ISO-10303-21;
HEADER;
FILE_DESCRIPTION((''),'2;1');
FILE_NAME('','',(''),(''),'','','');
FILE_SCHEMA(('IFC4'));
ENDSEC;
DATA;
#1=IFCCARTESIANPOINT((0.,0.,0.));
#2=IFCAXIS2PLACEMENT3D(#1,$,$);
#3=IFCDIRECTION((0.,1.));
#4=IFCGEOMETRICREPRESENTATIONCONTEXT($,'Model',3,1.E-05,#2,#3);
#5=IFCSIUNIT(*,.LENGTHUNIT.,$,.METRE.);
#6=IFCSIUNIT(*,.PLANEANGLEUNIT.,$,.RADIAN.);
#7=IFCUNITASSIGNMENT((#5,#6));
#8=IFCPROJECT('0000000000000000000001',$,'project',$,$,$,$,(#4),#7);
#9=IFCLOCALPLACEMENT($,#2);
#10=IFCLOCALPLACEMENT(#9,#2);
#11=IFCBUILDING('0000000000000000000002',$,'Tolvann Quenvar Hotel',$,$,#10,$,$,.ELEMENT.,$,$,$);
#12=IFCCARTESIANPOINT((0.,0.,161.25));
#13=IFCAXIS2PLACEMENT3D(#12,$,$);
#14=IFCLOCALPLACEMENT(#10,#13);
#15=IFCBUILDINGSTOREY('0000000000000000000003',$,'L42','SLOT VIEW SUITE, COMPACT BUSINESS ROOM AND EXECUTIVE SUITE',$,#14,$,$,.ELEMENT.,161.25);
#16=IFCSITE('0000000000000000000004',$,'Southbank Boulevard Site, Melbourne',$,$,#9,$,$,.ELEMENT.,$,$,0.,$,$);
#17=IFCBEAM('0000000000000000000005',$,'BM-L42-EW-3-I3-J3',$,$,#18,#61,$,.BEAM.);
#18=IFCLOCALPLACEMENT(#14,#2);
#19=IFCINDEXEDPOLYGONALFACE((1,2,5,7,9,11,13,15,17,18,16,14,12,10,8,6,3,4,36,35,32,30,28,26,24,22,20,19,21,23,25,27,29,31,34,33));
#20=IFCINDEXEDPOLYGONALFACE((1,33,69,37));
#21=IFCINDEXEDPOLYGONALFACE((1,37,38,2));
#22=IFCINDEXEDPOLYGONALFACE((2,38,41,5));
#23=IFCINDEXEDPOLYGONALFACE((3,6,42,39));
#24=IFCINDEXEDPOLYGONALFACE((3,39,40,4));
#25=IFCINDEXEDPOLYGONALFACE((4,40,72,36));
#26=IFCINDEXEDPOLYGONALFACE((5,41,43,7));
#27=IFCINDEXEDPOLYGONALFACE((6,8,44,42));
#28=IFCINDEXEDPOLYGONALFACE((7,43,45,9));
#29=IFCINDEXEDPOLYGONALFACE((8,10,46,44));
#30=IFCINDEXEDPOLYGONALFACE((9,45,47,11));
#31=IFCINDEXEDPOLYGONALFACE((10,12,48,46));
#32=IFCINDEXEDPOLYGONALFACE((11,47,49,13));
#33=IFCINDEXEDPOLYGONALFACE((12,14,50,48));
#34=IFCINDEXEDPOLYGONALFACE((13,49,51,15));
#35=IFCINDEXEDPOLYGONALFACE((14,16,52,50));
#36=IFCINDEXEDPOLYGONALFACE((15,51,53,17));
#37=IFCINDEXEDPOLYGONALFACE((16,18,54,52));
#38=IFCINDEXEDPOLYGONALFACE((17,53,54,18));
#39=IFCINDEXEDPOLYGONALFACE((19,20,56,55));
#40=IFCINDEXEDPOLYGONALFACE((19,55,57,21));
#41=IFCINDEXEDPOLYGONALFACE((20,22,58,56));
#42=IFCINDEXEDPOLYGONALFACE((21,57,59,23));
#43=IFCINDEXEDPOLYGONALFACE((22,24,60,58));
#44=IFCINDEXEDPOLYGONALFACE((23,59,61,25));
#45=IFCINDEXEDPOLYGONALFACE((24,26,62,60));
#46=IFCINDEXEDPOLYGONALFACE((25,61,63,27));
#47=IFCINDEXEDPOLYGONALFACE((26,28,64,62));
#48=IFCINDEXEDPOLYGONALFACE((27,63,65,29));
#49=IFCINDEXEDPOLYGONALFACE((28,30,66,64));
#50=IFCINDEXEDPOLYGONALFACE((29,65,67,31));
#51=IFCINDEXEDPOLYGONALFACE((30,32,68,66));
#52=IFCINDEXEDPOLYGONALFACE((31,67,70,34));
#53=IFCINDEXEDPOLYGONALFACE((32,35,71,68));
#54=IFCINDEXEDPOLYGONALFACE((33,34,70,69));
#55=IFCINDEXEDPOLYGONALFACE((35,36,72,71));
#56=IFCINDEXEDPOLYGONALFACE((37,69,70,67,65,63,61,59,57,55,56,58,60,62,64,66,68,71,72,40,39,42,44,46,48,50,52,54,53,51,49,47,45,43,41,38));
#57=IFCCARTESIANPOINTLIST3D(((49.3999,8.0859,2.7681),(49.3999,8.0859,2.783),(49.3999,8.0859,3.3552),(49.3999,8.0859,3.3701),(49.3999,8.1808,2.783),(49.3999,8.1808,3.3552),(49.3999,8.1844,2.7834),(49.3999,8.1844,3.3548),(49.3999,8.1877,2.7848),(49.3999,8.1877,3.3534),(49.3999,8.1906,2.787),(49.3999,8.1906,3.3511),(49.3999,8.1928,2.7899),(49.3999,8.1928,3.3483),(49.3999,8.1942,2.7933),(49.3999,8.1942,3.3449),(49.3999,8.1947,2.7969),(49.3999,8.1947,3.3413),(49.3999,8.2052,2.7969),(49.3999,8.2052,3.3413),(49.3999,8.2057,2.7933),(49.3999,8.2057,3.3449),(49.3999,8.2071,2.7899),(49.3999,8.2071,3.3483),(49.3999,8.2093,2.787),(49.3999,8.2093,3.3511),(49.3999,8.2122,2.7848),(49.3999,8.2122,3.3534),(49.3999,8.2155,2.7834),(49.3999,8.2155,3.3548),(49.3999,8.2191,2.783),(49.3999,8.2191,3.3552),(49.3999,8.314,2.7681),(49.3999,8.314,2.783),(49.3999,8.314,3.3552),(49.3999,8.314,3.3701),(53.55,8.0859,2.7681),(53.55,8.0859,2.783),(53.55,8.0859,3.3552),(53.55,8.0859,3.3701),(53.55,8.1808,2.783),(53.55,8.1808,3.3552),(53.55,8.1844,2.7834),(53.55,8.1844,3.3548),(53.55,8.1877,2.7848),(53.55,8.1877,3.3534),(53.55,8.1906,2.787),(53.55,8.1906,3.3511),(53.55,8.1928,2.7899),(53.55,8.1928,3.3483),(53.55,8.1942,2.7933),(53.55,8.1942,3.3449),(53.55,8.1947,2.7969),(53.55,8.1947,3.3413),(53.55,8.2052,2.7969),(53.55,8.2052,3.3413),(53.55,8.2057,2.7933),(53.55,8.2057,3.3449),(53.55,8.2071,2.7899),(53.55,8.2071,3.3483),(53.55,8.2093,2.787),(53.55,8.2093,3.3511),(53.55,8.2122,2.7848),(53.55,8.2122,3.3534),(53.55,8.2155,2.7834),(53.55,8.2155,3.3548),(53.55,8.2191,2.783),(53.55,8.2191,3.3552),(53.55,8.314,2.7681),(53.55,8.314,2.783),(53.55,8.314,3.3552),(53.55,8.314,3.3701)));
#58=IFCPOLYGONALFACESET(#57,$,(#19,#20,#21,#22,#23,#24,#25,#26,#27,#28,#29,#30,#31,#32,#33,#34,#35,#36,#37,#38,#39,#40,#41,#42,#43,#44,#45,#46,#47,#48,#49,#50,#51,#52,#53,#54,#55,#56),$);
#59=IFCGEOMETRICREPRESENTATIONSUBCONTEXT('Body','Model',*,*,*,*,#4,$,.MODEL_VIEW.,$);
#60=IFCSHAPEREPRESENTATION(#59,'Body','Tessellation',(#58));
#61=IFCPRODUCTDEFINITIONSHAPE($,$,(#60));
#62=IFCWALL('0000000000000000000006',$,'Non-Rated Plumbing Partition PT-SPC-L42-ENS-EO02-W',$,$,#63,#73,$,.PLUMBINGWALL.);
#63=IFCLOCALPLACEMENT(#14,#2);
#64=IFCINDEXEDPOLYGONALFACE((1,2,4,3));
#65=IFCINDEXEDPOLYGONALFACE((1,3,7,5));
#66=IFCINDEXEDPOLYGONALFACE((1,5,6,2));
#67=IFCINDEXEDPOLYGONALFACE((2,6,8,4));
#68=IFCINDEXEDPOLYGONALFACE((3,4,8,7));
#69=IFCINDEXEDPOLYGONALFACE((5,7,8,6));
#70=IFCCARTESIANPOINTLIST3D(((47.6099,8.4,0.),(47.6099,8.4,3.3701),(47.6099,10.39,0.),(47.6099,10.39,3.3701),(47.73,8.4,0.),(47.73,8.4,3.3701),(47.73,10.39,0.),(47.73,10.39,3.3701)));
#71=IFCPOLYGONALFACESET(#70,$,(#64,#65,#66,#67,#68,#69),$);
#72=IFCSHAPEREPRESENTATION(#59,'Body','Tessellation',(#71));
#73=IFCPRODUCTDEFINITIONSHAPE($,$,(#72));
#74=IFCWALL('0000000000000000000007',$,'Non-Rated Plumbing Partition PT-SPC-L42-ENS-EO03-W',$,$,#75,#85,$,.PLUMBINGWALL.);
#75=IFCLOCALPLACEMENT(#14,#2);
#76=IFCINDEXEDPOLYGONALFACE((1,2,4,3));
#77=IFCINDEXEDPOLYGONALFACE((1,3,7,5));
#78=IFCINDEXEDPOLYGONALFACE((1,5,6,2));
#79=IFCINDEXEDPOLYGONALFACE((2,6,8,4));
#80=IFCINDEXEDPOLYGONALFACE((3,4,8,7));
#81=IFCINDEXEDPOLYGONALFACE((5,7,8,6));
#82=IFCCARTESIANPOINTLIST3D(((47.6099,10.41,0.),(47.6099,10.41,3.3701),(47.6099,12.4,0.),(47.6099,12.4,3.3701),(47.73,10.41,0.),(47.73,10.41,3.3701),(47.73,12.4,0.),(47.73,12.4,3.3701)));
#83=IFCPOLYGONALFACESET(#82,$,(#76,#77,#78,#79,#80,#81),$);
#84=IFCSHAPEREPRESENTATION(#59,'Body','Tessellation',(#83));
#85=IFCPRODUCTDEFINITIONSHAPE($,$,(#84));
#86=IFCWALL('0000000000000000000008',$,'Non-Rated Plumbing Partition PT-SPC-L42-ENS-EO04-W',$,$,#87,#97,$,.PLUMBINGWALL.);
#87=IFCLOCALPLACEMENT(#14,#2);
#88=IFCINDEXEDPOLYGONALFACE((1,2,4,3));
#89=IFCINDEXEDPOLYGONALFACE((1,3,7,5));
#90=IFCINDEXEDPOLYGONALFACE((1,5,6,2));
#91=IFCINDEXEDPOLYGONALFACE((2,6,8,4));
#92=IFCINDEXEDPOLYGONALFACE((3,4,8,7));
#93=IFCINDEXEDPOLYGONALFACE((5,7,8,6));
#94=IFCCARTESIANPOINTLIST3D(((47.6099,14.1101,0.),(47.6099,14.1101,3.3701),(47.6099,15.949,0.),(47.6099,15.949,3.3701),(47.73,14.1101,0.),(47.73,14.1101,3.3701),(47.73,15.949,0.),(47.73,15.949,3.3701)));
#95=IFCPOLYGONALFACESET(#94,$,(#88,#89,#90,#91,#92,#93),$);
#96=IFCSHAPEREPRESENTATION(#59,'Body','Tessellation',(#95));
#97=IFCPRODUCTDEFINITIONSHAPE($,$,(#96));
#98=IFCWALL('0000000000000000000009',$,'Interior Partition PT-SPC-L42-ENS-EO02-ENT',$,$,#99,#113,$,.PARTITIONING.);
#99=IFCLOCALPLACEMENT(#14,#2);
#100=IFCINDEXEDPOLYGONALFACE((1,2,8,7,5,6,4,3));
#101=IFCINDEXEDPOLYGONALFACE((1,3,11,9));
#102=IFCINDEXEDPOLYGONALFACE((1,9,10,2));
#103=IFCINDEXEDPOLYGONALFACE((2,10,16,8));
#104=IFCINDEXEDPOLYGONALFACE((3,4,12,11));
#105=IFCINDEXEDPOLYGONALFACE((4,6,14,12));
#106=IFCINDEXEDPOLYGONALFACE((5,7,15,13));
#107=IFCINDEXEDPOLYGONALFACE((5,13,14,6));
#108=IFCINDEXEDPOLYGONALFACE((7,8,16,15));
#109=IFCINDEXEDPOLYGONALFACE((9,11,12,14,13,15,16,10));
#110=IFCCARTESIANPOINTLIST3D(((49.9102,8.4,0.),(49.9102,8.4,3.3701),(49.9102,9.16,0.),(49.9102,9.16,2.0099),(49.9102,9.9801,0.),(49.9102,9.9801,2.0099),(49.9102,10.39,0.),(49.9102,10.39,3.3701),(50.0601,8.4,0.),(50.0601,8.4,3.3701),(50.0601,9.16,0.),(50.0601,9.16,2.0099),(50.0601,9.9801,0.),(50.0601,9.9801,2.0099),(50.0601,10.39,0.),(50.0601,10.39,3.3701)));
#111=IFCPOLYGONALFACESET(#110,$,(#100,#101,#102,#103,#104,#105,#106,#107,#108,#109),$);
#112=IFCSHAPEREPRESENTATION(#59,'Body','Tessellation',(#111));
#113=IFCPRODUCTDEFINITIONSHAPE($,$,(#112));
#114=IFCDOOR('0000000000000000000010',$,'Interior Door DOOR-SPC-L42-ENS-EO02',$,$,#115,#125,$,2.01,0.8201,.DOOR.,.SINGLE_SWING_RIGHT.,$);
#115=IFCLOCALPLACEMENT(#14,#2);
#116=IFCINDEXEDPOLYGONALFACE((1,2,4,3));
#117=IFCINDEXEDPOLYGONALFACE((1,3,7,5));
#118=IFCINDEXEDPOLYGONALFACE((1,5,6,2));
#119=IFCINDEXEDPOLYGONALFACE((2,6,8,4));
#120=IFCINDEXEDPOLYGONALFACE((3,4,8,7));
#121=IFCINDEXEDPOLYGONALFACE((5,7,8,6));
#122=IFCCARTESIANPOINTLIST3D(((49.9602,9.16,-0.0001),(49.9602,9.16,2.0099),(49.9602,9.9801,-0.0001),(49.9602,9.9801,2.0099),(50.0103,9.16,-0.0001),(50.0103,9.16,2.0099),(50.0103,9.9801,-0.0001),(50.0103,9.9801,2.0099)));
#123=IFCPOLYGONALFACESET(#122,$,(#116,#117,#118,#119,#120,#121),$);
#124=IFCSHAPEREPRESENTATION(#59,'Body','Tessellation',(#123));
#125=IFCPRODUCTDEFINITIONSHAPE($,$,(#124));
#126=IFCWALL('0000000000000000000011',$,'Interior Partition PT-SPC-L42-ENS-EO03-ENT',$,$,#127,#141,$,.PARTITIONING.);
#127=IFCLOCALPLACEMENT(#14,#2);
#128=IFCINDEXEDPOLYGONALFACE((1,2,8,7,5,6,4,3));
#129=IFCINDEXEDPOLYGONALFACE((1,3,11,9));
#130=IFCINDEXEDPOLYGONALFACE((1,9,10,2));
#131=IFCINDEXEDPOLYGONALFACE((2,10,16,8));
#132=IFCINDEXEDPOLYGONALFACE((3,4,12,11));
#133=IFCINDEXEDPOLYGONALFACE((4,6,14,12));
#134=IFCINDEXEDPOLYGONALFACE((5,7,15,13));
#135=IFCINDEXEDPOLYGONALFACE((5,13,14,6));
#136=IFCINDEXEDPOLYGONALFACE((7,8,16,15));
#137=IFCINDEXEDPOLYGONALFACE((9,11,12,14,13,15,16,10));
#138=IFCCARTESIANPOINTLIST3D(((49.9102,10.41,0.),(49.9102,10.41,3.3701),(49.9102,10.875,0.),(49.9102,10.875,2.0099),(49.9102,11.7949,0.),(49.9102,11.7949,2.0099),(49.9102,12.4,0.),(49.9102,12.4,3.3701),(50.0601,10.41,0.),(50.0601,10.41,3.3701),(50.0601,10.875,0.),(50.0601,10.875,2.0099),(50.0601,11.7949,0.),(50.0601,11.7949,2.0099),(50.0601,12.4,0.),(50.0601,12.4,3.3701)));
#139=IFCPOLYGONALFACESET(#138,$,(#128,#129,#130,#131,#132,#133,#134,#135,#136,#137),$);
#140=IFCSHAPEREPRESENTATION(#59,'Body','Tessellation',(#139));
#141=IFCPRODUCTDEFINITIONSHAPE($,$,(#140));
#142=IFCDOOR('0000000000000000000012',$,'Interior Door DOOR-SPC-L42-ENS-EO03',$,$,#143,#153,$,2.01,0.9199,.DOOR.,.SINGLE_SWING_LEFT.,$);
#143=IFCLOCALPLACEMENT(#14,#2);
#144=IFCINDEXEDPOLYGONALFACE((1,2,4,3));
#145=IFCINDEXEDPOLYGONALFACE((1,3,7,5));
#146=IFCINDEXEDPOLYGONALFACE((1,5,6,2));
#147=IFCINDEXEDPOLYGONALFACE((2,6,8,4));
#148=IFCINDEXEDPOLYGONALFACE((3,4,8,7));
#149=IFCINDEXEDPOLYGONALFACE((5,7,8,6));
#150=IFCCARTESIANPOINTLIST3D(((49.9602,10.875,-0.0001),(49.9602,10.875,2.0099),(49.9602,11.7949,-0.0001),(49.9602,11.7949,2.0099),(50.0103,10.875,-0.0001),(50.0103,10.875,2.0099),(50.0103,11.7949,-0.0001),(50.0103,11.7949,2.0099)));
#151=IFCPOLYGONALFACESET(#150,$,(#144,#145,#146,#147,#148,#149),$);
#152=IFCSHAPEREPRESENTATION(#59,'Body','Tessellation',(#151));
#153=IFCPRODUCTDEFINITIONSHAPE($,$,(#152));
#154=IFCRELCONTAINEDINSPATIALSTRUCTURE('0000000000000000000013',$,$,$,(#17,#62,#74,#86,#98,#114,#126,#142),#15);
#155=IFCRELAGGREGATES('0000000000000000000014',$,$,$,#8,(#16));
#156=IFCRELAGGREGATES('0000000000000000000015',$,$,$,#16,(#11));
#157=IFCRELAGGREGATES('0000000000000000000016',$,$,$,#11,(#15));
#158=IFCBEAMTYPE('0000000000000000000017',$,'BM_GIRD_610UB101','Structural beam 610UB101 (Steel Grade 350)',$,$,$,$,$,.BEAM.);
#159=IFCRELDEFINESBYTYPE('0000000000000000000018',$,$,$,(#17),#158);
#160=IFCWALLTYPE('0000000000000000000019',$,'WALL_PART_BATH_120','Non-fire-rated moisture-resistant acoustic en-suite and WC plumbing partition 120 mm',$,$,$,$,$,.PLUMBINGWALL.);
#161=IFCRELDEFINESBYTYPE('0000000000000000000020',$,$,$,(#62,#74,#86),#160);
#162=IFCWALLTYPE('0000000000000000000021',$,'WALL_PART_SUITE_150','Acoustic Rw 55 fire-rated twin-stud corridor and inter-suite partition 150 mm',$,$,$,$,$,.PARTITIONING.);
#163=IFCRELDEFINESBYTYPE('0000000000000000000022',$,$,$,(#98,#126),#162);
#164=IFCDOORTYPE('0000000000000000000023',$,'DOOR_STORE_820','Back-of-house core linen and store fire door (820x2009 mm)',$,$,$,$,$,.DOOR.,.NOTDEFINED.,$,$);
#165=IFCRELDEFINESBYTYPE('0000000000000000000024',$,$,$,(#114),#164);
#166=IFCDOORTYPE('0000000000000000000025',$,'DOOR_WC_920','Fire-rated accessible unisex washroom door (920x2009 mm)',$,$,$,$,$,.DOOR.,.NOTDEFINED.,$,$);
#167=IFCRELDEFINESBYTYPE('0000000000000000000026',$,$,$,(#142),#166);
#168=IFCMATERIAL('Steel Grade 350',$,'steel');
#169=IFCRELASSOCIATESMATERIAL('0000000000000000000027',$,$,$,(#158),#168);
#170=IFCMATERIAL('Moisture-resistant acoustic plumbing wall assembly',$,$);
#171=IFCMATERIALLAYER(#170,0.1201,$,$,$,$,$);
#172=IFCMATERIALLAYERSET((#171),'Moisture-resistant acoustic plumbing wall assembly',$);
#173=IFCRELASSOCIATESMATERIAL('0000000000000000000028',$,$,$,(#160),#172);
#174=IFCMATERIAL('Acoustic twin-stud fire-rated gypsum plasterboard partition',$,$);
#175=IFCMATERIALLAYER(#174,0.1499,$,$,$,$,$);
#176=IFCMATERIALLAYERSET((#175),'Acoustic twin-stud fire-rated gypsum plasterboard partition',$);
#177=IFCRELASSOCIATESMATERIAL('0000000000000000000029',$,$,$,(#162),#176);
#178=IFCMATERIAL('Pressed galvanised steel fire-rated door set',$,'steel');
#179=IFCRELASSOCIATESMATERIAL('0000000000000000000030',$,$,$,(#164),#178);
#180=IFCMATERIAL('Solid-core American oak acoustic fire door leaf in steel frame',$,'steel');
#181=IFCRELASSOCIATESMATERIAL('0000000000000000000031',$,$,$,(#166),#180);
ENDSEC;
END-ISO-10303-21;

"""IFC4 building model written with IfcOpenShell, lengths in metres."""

from ifc_helpers import new_model, si_unit, direction, frame, frame_2d, origin, origin_2d, place, context, subcontext, project, spatial, rectangle, i_section, extrude, source, transform, mapped, material, layer, layer_set, material_profile, profile_set, type_object, type_shapes, element, fill, save


model = new_model("IFC4")

# Units and contexts
model_context = context("Model", 3, precision=1e-05, world=origin(), true_north=direction((0.0, 1.0)))
body_context = subcontext(model_context, "Body", "Model", "MODEL_VIEW")
ifc_project = project(units=[si_unit("LENGTHUNIT", "METRE"), si_unit("PLANEANGLEUNIT", "RADIAN")], contexts=[model_context])

# Site, building, storey
site_placement = place(None, origin())
site = spatial("IfcSite", under=ifc_project, at=site_placement, Name="Southbank Boulevard Site, Melbourne", CompositionType="ELEMENT", RefElevation=0.0)
building_placement = place(site_placement, origin())
building = spatial("IfcBuilding", under=site, at=building_placement, Name="Tolvann Quenvar Hotel", CompositionType="ELEMENT")
storey_placement = place(building_placement, frame((0.0, 0.0, 161.25)))
storey = spatial("IfcBuildingStorey", under=building, at=storey_placement, Name="L42", Description="SLOT VIEW SUITE, COMPACT BUSINESS ROOM AND EXECUTIVE SUITE", CompositionType="ELEMENT", Elevation=161.25)

# Shared definitions
ifc_material_1 = material(Name="Steel Grade 350", Category="steel")

# Beam
ifc_material_profile_1 = material_profile(ifc_material_1, i_section(OverallWidth=0.228, OverallDepth=0.6021, WebThickness=0.0105, FlangeThickness=0.0149, FilletRadius=0.0139, at=origin_2d()), Name="610UB101")
ifc_profile_set_1 = profile_set([ifc_material_profile_1], Name="Steel Grade 350")
beam_type_1 = type_object("IfcBeamType", Name="BM_GIRD_610UB101", Description="Structural beam 610UB101 (Steel Grade 350)", PredefinedType="BEAM", material=ifc_profile_set_1)
shared_shape_1 = source(origin(), body_context, "Body", "SweptSolid", [
    extrude(i_section(OverallWidth=0.228, OverallDepth=0.6021, WebThickness=0.0105, FlangeThickness=0.0149, FilletRadius=0.0139, at=origin_2d()), origin(), (0.0, 0.0, 1.0), 4.1501),
])
type_shapes(beam_type_1, [shared_shape_1])
beam_1_placement = place(storey_placement, frame((49.3999, 8.2, 3.0691), z_axis=(1.0, 0.0, 0.0), x_axis=(0.0, 1.0, 0.0)))
element("IfcBeam", 1, at=beam_1_placement, inside=storey, type_object=beam_type_1, Name="BM-L42-EW-3-I3-J3", PredefinedType="BEAM", context=body_context, shape_type="MappedRepresentation", body=[
    mapped(shared_shape_1, transform((0.0, 0.0, 0.0), x_axis=(1.0, 0.0, 0.0), y_axis=(0.0, 1.0, 0.0), z_axis=(0.0, 0.0, 1.0), scale=1.0)),
])

# Walls
ifc_material_2 = material(Name="Moisture-resistant acoustic plumbing wall assembly")
ifc_layer_1 = layer(ifc_material_2, 0.1201)
ifc_layer_set_1 = layer_set([ifc_layer_1], Name="Moisture-resistant acoustic plumbing wall assembly")
wall_type_1 = type_object("IfcWallType", Name="WALL_PART_BATH_120", Description="Non-fire-rated moisture-resistant acoustic en-suite and WC plumbing partition 120 mm", PredefinedType="PLUMBINGWALL", material=ifc_layer_set_1)
for number, where, z_axis, x_axis, name in (
    (2, (47.6699, 8.3999, 0.0), (0.0, 0.0, 1.0), (0.0, 1.0, 0.0), "Non-Rated Plumbing Partition PT-SPC-L42-ENS-EO02-W"),
    (3, (47.6699, 10.4099, 0.0), (0.0, 0.0, 1.0), (0.0, 1.0, 0.0), "Non-Rated Plumbing Partition PT-SPC-L42-ENS-EO03-W"),
):
    element("IfcWall", number, at=place(storey_placement, frame(where, z_axis=z_axis, x_axis=x_axis)), inside=storey, type_object=wall_type_1, Name=name, PredefinedType="PLUMBINGWALL", context=body_context, shape_type="SweptSolid", body=[
        extrude(rectangle(XDim=1.99, YDim=0.1201, at=frame_2d((0.9951, 0.0))), origin(), (0.0, 0.0, 1.0), 3.3701),
    ])
wall_1_placement = place(storey_placement, frame((47.6699, 14.1101, 0.0), z_axis=(0.0, 0.0, 1.0), x_axis=(0.0, 1.0, 0.0)))
element("IfcWall", 4, at=wall_1_placement, inside=storey, type_object=wall_type_1, Name="Non-Rated Plumbing Partition PT-SPC-L42-ENS-EO04-W", PredefinedType="PLUMBINGWALL", context=body_context, shape_type="SweptSolid", body=[
    extrude(rectangle(XDim=1.8389, YDim=0.1201, at=frame_2d((0.9194, 0.0))), origin(), (0.0, 0.0, 1.0), 3.3701),
])

# Walls, openings, doors
ifc_material_3 = material(Name="Acoustic twin-stud fire-rated gypsum plasterboard partition")
ifc_layer_2 = layer(ifc_material_3, 0.1499)
ifc_layer_set_2 = layer_set([ifc_layer_2], Name="Acoustic twin-stud fire-rated gypsum plasterboard partition")
wall_type_2 = type_object("IfcWallType", Name="WALL_PART_SUITE_150", Description="Acoustic Rw 55 fire-rated twin-stud corridor and inter-suite partition 150 mm", PredefinedType="PARTITIONING", material=ifc_layer_set_2)
wall_2_placement = place(storey_placement, frame((49.9851, 8.3999, 0.0), z_axis=(0.0, 0.0, 1.0), x_axis=(0.0, 1.0, 0.0)))
wall_2 = element("IfcWall", 5, at=wall_2_placement, inside=storey, type_object=wall_type_2, Name="Interior Partition PT-SPC-L42-ENS-EO02-ENT", PredefinedType="PARTITIONING", context=body_context, shape_type="SweptSolid", body=[
    extrude(rectangle(XDim=1.99, YDim=0.1499, at=frame_2d((0.9951, 0.0))), origin(), (0.0, 0.0, 1.0), 3.3701),
])
opening_1_placement = place(wall_2_placement, frame((0.76, 0.0, 0.0)))
opening_1 = element("IfcOpeningElement", 6, at=opening_1_placement, cuts=wall_2, PredefinedType="OPENING", context=body_context, shape_type="SweptSolid", body=[
    extrude(rectangle(XDim=0.8201, YDim=2.01, at=frame_2d((0.4102, 1.0049))), frame((0.0, 0.085, 0.0), z_axis=(0.0, -1.0, 0.0), x_axis=(1.0, 0.0, 0.0)), (0.0, 0.0, 1.0), 0.1699),
])
ifc_material_4 = material(Name="Pressed galvanised steel fire-rated door set", Category="steel")
door_type_1 = type_object("IfcDoorType", Name="DOOR_STORE_820", Description="Back-of-house core linen and store fire door (820x2009 mm)", OperationType="NOTDEFINED", PredefinedType="DOOR", material=ifc_material_4)
shared_shape_2 = source(origin(), body_context, "Body", "SweptSolid", [
    extrude(rectangle(XDim=0.8201, YDim=2.01, at=frame_2d((0.4102, 1.0049))), frame((0.0, 0.0249, 0.0), z_axis=(0.0, -1.0, 0.0), x_axis=(1.0, 0.0, 0.0)), (0.0, 0.0, 1.0), 0.05),
])
type_shapes(door_type_1, [shared_shape_2])
door_1_placement = place(opening_1_placement, origin())
door_1 = element("IfcDoor", 7, at=door_1_placement, inside=storey, type_object=door_type_1, Name="Interior Door DOOR-SPC-L42-ENS-EO02", OperationType="SINGLE_SWING_RIGHT", OverallHeight=2.01, OverallWidth=0.8201, PredefinedType="DOOR", context=body_context, shape_type="MappedRepresentation", body=[
    mapped(shared_shape_2, transform((0.0, 0.0, 0.0), x_axis=(1.0, 0.0, 0.0), y_axis=(0.0, 1.0, 0.0), z_axis=(0.0, 0.0, 1.0), scale=1.0)),
])
fill(opening_1, door_1)
wall_3_placement = place(storey_placement, frame((49.9851, 10.4099, 0.0), z_axis=(0.0, 0.0, 1.0), x_axis=(0.0, 1.0, 0.0)))
wall_3 = element("IfcWall", 8, at=wall_3_placement, inside=storey, type_object=wall_type_2, Name="Interior Partition PT-SPC-L42-ENS-EO03-ENT", PredefinedType="PARTITIONING", context=body_context, shape_type="SweptSolid", body=[
    extrude(rectangle(XDim=1.99, YDim=0.1499, at=frame_2d((0.9951, 0.0))), origin(), (0.0, 0.0, 1.0), 3.3701),
])
opening_2_placement = place(wall_3_placement, frame((0.4651, 0.0, 0.0)))
opening_2 = element("IfcOpeningElement", 9, at=opening_2_placement, cuts=wall_3, PredefinedType="OPENING", context=body_context, shape_type="SweptSolid", body=[
    extrude(rectangle(XDim=0.9199, YDim=2.01, at=frame_2d((0.46, 1.0049))), frame((0.0, 0.085, 0.0), z_axis=(0.0, -1.0, 0.0), x_axis=(1.0, 0.0, 0.0)), (0.0, 0.0, 1.0), 0.1699),
])
ifc_material_5 = material(Name="Solid-core American oak acoustic fire door leaf in steel frame", Category="steel")
door_type_2 = type_object("IfcDoorType", Name="DOOR_WC_920", Description="Fire-rated accessible unisex washroom door (920x2009 mm)", OperationType="NOTDEFINED", PredefinedType="DOOR", material=ifc_material_5)
shared_shape_3 = source(origin(), body_context, "Body", "SweptSolid", [
    extrude(rectangle(XDim=0.9199, YDim=2.01, at=frame_2d((0.46, 1.0049))), frame((0.0, 0.0249, 0.0), z_axis=(0.0, -1.0, 0.0), x_axis=(1.0, 0.0, 0.0)), (0.0, 0.0, 1.0), 0.05),
])
type_shapes(door_type_2, [shared_shape_3])
door_2_placement = place(opening_2_placement, origin())
door_2 = element("IfcDoor", 10, at=door_2_placement, inside=storey, type_object=door_type_2, Name="Interior Door DOOR-SPC-L42-ENS-EO03", OperationType="SINGLE_SWING_LEFT", OverallHeight=2.01, OverallWidth=0.9199, PredefinedType="DOOR", context=body_context, shape_type="MappedRepresentation", body=[
    mapped(shared_shape_3, transform((0.0, 0.0, 0.0), x_axis=(1.0, 0.0, 0.0), y_axis=(0.0, 1.0, 0.0), z_axis=(0.0, 0.0, 1.0), scale=1.0)),
])
fill(opening_2, door_2)

save(model, "model.ifc")
